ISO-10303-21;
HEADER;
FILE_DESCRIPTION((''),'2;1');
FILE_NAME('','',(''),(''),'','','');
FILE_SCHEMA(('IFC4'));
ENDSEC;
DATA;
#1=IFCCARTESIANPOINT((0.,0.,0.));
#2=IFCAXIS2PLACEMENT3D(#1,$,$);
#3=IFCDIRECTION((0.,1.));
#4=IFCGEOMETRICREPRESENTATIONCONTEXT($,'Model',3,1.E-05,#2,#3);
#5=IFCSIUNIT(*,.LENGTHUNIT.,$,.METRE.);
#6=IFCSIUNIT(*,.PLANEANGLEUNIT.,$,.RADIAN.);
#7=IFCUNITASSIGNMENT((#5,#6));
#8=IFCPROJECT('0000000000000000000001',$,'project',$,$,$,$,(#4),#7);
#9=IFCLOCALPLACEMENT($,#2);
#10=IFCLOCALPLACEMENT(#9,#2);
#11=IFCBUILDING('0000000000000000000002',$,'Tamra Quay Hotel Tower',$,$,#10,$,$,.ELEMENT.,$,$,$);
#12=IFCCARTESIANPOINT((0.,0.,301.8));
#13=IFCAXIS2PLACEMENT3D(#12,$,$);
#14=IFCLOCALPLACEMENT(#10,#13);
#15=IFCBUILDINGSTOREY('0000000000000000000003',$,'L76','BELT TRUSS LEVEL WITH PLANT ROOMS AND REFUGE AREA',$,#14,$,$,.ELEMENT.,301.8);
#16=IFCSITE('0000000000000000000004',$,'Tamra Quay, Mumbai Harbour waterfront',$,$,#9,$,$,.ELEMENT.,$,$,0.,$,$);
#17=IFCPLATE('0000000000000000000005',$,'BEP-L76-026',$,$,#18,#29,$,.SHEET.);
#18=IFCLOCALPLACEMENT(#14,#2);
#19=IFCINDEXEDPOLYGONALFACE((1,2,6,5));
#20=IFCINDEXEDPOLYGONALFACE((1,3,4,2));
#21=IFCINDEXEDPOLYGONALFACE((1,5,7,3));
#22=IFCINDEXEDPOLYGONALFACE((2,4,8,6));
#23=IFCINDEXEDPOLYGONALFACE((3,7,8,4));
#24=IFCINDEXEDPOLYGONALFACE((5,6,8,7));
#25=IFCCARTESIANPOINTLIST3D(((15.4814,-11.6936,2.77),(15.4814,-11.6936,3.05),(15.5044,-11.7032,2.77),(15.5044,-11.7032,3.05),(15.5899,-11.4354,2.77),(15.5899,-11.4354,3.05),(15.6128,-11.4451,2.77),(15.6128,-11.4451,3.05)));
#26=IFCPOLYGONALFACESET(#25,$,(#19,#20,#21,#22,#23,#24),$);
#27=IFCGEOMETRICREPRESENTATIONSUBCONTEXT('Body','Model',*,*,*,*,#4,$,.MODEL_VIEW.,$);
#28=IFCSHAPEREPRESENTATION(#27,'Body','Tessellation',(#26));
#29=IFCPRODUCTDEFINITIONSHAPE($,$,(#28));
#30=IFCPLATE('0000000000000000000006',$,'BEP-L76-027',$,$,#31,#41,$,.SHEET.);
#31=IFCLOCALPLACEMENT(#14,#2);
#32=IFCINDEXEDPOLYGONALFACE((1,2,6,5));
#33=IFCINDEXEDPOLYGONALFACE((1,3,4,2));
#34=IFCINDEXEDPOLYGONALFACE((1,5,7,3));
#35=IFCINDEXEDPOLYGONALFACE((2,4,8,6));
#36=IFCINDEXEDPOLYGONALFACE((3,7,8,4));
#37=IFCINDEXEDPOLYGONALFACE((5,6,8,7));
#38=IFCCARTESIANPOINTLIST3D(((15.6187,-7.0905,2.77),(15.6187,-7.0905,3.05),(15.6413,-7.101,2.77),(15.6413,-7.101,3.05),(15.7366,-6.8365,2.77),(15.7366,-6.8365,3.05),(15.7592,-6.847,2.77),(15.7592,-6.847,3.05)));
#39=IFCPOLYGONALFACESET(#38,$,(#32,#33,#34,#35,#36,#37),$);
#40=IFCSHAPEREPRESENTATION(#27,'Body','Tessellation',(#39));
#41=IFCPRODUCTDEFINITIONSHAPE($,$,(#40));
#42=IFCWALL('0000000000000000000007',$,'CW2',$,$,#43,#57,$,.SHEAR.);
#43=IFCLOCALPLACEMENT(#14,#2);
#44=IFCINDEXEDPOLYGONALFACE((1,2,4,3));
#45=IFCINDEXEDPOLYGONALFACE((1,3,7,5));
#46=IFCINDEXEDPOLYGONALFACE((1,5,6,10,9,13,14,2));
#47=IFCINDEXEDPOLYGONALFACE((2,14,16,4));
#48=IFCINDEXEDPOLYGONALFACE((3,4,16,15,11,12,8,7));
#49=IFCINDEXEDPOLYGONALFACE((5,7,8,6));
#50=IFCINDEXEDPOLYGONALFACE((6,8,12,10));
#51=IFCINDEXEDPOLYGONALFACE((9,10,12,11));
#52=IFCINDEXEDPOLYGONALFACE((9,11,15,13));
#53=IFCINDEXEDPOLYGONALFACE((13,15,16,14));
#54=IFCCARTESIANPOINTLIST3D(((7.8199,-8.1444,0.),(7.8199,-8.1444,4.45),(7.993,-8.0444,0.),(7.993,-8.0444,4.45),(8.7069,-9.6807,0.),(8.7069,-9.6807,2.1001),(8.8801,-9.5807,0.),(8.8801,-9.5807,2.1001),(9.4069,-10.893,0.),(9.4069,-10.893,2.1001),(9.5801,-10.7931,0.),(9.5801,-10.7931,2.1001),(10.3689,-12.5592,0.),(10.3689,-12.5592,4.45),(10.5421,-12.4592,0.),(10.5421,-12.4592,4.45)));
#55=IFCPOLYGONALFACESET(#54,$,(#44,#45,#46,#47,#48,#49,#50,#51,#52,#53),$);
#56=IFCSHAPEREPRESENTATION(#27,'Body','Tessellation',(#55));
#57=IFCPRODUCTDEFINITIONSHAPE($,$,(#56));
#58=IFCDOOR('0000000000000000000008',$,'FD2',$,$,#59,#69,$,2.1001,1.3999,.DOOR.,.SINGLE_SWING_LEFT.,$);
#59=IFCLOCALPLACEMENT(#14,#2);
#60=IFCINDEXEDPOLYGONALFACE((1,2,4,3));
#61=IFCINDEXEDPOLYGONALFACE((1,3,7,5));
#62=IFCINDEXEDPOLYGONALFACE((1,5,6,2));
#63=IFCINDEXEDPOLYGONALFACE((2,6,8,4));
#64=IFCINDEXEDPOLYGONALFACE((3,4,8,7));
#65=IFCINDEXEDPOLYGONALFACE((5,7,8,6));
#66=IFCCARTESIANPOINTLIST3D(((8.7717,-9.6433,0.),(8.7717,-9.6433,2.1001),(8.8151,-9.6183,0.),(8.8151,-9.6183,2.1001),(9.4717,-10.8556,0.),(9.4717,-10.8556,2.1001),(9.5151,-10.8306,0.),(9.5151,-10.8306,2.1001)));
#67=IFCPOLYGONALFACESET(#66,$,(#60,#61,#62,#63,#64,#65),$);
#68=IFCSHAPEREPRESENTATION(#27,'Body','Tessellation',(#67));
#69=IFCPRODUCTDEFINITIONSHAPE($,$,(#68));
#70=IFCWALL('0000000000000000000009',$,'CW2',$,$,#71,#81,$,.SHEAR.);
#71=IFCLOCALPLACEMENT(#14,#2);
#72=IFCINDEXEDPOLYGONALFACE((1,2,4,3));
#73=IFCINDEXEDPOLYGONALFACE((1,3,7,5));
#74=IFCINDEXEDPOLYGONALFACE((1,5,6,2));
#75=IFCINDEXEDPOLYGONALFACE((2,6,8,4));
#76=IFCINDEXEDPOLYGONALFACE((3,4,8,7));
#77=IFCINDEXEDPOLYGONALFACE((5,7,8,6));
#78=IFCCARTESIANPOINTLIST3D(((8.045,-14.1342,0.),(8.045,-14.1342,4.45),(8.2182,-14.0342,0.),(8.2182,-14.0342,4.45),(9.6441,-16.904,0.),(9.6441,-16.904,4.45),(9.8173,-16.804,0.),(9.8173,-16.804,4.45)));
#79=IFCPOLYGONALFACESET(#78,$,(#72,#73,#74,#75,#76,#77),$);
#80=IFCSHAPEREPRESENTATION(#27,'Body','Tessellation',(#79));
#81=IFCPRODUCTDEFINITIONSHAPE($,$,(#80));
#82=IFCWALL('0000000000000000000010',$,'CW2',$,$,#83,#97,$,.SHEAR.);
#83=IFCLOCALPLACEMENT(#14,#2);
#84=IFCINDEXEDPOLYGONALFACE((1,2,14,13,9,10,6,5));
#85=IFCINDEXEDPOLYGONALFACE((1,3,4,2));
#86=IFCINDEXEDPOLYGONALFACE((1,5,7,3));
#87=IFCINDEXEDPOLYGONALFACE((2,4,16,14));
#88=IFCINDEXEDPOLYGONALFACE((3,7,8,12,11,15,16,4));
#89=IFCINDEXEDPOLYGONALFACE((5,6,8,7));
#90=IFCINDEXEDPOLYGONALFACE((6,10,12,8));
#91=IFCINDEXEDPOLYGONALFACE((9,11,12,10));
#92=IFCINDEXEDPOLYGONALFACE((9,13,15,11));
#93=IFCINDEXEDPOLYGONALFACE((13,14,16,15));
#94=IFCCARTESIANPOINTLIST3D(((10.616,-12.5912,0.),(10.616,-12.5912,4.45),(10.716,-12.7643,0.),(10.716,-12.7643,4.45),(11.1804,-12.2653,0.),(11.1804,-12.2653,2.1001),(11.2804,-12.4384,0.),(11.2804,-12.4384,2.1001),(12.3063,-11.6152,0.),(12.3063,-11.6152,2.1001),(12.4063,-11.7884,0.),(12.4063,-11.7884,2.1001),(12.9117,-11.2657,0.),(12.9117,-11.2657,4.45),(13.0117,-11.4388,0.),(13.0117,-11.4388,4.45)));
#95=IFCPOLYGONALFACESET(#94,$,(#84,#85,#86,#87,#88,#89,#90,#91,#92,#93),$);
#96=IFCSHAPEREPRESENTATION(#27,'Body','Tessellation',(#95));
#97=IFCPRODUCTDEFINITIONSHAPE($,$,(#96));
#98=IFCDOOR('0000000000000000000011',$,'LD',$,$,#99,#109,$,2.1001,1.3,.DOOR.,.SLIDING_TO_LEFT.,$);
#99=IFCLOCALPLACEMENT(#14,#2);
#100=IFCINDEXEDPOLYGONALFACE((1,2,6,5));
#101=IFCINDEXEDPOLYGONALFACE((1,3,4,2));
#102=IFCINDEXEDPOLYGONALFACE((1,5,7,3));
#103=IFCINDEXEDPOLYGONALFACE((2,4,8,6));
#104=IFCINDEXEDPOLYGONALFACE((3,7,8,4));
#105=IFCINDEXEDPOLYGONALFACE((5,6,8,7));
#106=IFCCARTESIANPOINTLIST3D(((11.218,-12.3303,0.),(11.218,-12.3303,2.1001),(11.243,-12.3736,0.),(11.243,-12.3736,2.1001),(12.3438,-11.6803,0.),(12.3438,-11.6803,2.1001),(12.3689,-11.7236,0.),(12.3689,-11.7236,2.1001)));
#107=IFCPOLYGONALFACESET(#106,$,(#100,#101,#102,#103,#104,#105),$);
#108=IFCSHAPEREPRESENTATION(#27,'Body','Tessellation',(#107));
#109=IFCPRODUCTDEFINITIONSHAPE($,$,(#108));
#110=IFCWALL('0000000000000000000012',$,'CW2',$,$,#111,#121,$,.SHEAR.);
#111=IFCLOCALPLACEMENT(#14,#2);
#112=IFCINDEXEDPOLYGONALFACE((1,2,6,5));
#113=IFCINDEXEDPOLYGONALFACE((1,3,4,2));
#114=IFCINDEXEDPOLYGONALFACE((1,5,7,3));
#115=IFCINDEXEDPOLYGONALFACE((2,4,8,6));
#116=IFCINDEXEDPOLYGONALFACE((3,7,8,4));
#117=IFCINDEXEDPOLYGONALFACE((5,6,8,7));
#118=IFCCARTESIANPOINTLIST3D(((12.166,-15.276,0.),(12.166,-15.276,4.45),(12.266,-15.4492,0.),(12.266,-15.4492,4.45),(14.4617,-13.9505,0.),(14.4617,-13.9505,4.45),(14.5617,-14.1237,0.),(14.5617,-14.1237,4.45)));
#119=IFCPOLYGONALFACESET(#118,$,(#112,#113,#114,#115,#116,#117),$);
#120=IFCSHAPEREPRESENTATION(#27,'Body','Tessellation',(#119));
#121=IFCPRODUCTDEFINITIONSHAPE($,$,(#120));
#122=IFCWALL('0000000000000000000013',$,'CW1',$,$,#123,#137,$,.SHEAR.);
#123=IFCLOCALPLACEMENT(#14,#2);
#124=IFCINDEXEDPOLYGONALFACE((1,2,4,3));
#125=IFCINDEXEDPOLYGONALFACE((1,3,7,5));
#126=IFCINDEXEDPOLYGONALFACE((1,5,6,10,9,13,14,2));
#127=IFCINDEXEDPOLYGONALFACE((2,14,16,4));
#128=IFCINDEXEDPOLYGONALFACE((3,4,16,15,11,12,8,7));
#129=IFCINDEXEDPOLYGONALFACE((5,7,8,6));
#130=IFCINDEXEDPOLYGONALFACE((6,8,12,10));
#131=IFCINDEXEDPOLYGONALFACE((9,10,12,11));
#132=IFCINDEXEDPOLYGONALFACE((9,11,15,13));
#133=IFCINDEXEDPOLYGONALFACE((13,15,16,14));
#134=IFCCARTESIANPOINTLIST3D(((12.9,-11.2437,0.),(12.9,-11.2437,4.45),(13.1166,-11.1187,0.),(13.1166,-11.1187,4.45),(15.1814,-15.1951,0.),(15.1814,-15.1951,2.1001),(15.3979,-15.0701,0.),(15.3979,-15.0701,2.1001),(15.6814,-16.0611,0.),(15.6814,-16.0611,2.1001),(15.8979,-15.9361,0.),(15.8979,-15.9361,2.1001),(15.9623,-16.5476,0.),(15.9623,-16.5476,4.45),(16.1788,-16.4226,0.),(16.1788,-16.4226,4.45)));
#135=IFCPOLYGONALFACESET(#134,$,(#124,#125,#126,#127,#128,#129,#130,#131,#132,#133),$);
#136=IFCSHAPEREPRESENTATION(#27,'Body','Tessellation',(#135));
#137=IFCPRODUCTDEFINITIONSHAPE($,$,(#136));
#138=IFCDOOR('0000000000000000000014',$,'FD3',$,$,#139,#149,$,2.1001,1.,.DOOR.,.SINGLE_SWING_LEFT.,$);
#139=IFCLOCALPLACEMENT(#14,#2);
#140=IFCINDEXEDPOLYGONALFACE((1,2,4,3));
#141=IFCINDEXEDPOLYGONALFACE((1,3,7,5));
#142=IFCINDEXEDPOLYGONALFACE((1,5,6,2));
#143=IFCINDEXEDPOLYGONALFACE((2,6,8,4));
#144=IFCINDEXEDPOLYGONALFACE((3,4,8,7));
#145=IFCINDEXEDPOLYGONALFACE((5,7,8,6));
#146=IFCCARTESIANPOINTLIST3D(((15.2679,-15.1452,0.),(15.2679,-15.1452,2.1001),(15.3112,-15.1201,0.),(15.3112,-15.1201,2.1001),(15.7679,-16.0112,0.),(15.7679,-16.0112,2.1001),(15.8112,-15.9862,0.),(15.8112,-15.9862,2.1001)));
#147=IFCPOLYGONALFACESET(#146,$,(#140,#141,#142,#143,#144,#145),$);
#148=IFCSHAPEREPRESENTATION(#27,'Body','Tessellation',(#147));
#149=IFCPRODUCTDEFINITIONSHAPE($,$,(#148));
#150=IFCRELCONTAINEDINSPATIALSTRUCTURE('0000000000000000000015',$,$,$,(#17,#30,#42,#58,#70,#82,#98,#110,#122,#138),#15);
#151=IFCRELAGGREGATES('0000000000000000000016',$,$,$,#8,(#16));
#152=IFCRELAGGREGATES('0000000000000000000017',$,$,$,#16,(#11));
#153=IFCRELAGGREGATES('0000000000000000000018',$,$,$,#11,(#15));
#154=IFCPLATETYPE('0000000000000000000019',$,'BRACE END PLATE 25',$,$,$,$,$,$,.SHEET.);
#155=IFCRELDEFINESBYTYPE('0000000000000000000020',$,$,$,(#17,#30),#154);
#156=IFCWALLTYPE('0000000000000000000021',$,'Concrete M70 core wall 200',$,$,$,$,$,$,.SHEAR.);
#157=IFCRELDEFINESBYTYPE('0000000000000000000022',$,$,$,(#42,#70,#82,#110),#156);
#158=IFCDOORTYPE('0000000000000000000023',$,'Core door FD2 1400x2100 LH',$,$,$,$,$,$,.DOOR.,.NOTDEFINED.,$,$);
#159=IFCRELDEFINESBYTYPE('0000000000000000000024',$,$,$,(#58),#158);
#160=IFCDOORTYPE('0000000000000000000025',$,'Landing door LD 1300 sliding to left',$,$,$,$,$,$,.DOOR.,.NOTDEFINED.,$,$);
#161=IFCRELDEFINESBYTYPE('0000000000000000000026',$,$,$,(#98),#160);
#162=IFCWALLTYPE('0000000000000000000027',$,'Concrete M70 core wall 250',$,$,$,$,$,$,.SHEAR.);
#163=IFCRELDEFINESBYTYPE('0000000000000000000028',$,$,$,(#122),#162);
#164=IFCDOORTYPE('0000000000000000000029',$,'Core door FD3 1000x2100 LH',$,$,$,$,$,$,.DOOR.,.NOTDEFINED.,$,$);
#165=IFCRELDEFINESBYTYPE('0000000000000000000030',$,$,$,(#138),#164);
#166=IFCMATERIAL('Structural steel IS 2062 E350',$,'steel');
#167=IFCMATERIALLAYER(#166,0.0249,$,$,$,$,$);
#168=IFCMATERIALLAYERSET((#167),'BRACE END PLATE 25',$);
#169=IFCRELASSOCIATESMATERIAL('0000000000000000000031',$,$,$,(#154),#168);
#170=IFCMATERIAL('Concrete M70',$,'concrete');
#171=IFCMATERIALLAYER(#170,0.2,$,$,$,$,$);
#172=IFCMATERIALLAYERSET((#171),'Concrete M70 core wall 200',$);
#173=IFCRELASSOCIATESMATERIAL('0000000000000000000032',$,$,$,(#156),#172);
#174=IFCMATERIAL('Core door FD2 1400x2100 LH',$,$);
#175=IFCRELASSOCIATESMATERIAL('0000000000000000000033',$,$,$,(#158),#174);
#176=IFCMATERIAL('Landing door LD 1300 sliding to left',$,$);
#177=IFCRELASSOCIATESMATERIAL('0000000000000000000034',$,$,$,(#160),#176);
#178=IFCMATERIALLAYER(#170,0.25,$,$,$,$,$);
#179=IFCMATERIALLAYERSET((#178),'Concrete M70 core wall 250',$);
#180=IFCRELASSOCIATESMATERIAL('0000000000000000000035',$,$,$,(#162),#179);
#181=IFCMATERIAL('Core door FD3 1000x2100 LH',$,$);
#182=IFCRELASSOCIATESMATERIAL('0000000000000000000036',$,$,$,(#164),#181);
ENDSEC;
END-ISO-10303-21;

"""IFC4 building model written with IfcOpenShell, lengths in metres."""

from ifc_helpers import new_model, si_unit, direction, frame, frame_2d, origin, origin_2d, place, context, subcontext, project, spatial, rectangle, extrude, material, layer, layer_set, type_object, element, fill, save


model = new_model("IFC4")

# Units and contexts
model_context = context("Model", 3, precision=1e-05, world=origin(), true_north=direction((0.0, 1.0)))
body_context = subcontext(model_context, "Body", "Model", "MODEL_VIEW")
ifc_project = project(units=[si_unit("LENGTHUNIT", "METRE"), si_unit("PLANEANGLEUNIT", "RADIAN")], contexts=[model_context])

# Site, building, storey
site_placement = place(None, origin())
site = spatial("IfcSite", under=ifc_project, at=site_placement, Name="Tamra Quay, Mumbai Harbour waterfront", CompositionType="ELEMENT", RefElevation=0.0)
building_placement = place(site_placement, origin())
building = spatial("IfcBuilding", under=site, at=building_placement, Name="Tamra Quay Hotel Tower", CompositionType="ELEMENT")
storey_placement = place(building_placement, frame((0.0, 0.0, 301.8)))
storey = spatial("IfcBuildingStorey", under=building, at=storey_placement, Name="L76", Description="BELT TRUSS LEVEL WITH PLANT ROOMS AND REFUGE AREA", CompositionType="ELEMENT", Elevation=301.8)

# Shared definitions
ifc_material_1 = material(Name="Structural steel IS 2062 E350", Category="steel")

# Plates
ifc_layer_1 = layer(ifc_material_1, 0.0249)
ifc_layer_set_1 = layer_set([ifc_layer_1], Name="BRACE END PLATE 25")
plate_type = type_object("IfcPlateType", Name="BRACE END PLATE 25", PredefinedType="SHEET", material=ifc_layer_set_1)
for number, where, z_axis, x_axis, name in (
    (1, (15.5471, -11.5693, 2.77), (0.0, 0.0, 1.0), (-0.921933, 0.38735, 0.0), "BEP-L76-026"),
    (2, (15.689, -6.9688, 2.77), (0.0, 0.0, 1.0), (-0.907077, 0.420965, 0.0), "BEP-L76-027"),
):
    element("IfcPlate", number, at=place(storey_placement, frame(where, z_axis=z_axis, x_axis=x_axis)), inside=storey, type_object=plate_type, Name=name, PredefinedType="SHEET", context=body_context, shape_type="SweptSolid", body=[
        extrude(rectangle(XDim=0.0249, YDim=0.28, at=origin_2d()), origin(), (0.0, 0.0, 1.0), 0.28),
    ])

# Wall, opening, door
ifc_material_2 = material(Name="Concrete M70", Category="concrete")
ifc_layer_2 = layer(ifc_material_2, 0.2)
ifc_layer_set_2 = layer_set([ifc_layer_2], Name="Concrete M70 core wall 200")
wall_type_1 = type_object("IfcWallType", Name="Concrete M70 core wall 200", PredefinedType="SHEAR", material=ifc_layer_set_2)
wall_1_placement = place(storey_placement, frame((7.9065, -8.0945, 0.0), z_axis=(0.0, 0.0, 1.0), x_axis=(0.500028, -0.866009, 0.0)))
wall_1 = element("IfcWall", 3, at=wall_1_placement, inside=storey, type_object=wall_type_1, Name="CW2", PredefinedType="SHEAR", context=body_context, shape_type="SweptSolid", body=[
    extrude(rectangle(XDim=5.0979, YDim=0.2, at=frame_2d((2.5488, 0.0))), origin(), (0.0, 0.0, 1.0), 4.45),
])
opening_1_placement = place(wall_1_placement, frame((1.7739, 0.0, 0.0)))
opening_1 = element("IfcOpeningElement", 4, at=opening_1_placement, cuts=wall_1, PredefinedType="OPENING", context=body_context, shape_type="SweptSolid", body=[
    extrude(rectangle(XDim=1.3999, YDim=2.1001, at=frame_2d((0.7, 1.05))), frame((0.0, 0.1099, 0.0), z_axis=(0.0, -1.0, 0.0), x_axis=(1.0, 0.0, 0.0)), (0.0, 0.0, 1.0), 0.22),
])
ifc_material_3 = material(Name="Core door FD2 1400x2100 LH")
door_type_1 = type_object("IfcDoorType", Name="Core door FD2 1400x2100 LH", OperationType="NOTDEFINED", PredefinedType="DOOR", material=ifc_material_3)
door_1_placement = place(opening_1_placement, origin())
door_1 = element("IfcDoor", 5, at=door_1_placement, inside=storey, type_object=door_type_1, Name="FD2", OperationType="SINGLE_SWING_LEFT", OverallHeight=2.1001, OverallWidth=1.3999, PredefinedType="DOOR", context=body_context, shape_type="SweptSolid", body=[
    extrude(rectangle(XDim=1.3999, YDim=2.1001, at=frame_2d((0.7, 1.05))), frame((0.0, 0.0249, 0.0), z_axis=(0.0, -1.0, 0.0), x_axis=(1.0, 0.0, 0.0)), (0.0, 0.0, 1.0), 0.05),
])
fill(opening_1, door_1)

# Wall
wall_2_placement = place(storey_placement, frame((8.1316, -14.0842, 0.0), z_axis=(0.0, 0.0, 1.0), x_axis=(0.499998, -0.866027, 0.0)))
element("IfcWall", 6, at=wall_2_placement, inside=storey, type_object=wall_type_1, Name="CW2", PredefinedType="SHEAR", context=body_context, shape_type="SweptSolid", body=[
    extrude(rectangle(XDim=3.1982, YDim=0.2, at=frame_2d((1.5991, 0.0))), origin(), (0.0, 0.0, 1.0), 4.45),
])

# Wall, opening, door
wall_3_placement = place(storey_placement, frame((10.666, -12.6777, 0.0), z_axis=(0.0, 0.0, 1.0), x_axis=(0.866018, 0.500012, 0.0)))
wall_3 = element("IfcWall", 7, at=wall_3_placement, inside=storey, type_object=wall_type_1, Name="CW2", PredefinedType="SHEAR", context=body_context, shape_type="SweptSolid", body=[
    extrude(rectangle(XDim=2.6509, YDim=0.2, at=frame_2d((1.3254, 0.0))), origin(), (0.0, 0.0, 1.0), 4.45),
])
opening_2_placement = place(wall_3_placement, frame((0.6519, 0.0, 0.0)))
opening_2 = element("IfcOpeningElement", 8, at=opening_2_placement, cuts=wall_3, PredefinedType="OPENING", context=body_context, shape_type="SweptSolid", body=[
    extrude(rectangle(XDim=1.3, YDim=2.1001, at=frame_2d((0.6499, 1.05))), frame((0.0, 0.1099, 0.0), z_axis=(0.0, -1.0, 0.0), x_axis=(1.0, 0.0, 0.0)), (0.0, 0.0, 1.0), 0.22),
])
ifc_material_4 = material(Name="Landing door LD 1300 sliding to left")
door_type_2 = type_object("IfcDoorType", Name="Landing door LD 1300 sliding to left", OperationType="NOTDEFINED", PredefinedType="DOOR", material=ifc_material_4)
door_2_placement = place(opening_2_placement, origin())
door_2 = element("IfcDoor", 9, at=door_2_placement, inside=storey, type_object=door_type_2, Name="LD", OperationType="SLIDING_TO_LEFT", OverallHeight=2.1001, OverallWidth=1.3, PredefinedType="DOOR", context=body_context, shape_type="SweptSolid", body=[
    extrude(rectangle(XDim=1.3, YDim=2.1001, at=frame_2d((0.6499, 1.05))), frame((0.0, 0.0249, 0.0), z_axis=(0.0, -1.0, 0.0), x_axis=(1.0, 0.0, 0.0)), (0.0, 0.0, 1.0), 0.05),
])
fill(opening_2, door_2)

# Wall
wall_4_placement = place(storey_placement, frame((14.5117, -14.0371, 0.0), z_axis=(0.0, 0.0, 1.0), x_axis=(-0.866018, -0.500012, 0.0)))
element("IfcWall", 10, at=wall_4_placement, inside=storey, type_object=wall_type_1, Name="CW2", PredefinedType="SHEAR", context=body_context, shape_type="SweptSolid", body=[
    extrude(rectangle(XDim=2.6509, YDim=0.2, at=frame_2d((1.3254, 0.0))), origin(), (0.0, 0.0, 1.0), 4.45),
])

# Wall, opening, door
ifc_layer_3 = layer(ifc_material_2, 0.25)
ifc_layer_set_3 = layer_set([ifc_layer_3], Name="Concrete M70 core wall 250")
wall_type_2 = type_object("IfcWallType", Name="Concrete M70 core wall 250", PredefinedType="SHEAR", material=ifc_layer_set_3)
wall_5_placement = place(storey_placement, frame((13.0083, -11.1812, 0.0), z_axis=(0.0, 0.0, 1.0), x_axis=(0.500002, -0.866024, 0.0)))
wall_5 = element("IfcWall", 11, at=wall_5_placement, inside=storey, type_object=wall_type_2, Name="CW1", PredefinedType="SHEAR", context=body_context, shape_type="SweptSolid", body=[
    extrude(rectangle(XDim=6.1245, YDim=0.25, at=frame_2d((3.0623, 0.0))), origin(), (0.0, 0.0, 1.0), 4.45),
])
opening_3_placement = place(wall_5_placement, frame((4.5627, 0.0, 0.0)))
opening_3 = element("IfcOpeningElement", 12, at=opening_3_placement, cuts=wall_5, PredefinedType="OPENING", context=body_context, shape_type="SweptSolid", body=[
    extrude(rectangle(XDim=1.0, YDim=2.1001, at=frame_2d((0.5, 1.05))), frame((0.0, 0.135, 0.0), z_axis=(0.0, -1.0, 0.0), x_axis=(1.0, 0.0, 0.0)), (0.0, 0.0, 1.0), 0.27),
])
ifc_material_5 = material(Name="Core door FD3 1000x2100 LH")
door_type_3 = type_object("IfcDoorType", Name="Core door FD3 1000x2100 LH", OperationType="NOTDEFINED", PredefinedType="DOOR", material=ifc_material_5)
door_3_placement = place(opening_3_placement, origin())
door_3 = element("IfcDoor", 13, at=door_3_placement, inside=storey, type_object=door_type_3, Name="FD3", OperationType="SINGLE_SWING_LEFT", OverallHeight=2.1001, OverallWidth=1.0, PredefinedType="DOOR", context=body_context, shape_type="SweptSolid", body=[
    extrude(rectangle(XDim=1.0, YDim=2.1001, at=frame_2d((0.5, 1.05))), frame((0.0, 0.0249, 0.0), z_axis=(0.0, -1.0, 0.0), x_axis=(1.0, 0.0, 0.0)), (0.0, 0.0, 1.0), 0.05),
])
fill(opening_3, door_3)

save(model, "model.ifc")
